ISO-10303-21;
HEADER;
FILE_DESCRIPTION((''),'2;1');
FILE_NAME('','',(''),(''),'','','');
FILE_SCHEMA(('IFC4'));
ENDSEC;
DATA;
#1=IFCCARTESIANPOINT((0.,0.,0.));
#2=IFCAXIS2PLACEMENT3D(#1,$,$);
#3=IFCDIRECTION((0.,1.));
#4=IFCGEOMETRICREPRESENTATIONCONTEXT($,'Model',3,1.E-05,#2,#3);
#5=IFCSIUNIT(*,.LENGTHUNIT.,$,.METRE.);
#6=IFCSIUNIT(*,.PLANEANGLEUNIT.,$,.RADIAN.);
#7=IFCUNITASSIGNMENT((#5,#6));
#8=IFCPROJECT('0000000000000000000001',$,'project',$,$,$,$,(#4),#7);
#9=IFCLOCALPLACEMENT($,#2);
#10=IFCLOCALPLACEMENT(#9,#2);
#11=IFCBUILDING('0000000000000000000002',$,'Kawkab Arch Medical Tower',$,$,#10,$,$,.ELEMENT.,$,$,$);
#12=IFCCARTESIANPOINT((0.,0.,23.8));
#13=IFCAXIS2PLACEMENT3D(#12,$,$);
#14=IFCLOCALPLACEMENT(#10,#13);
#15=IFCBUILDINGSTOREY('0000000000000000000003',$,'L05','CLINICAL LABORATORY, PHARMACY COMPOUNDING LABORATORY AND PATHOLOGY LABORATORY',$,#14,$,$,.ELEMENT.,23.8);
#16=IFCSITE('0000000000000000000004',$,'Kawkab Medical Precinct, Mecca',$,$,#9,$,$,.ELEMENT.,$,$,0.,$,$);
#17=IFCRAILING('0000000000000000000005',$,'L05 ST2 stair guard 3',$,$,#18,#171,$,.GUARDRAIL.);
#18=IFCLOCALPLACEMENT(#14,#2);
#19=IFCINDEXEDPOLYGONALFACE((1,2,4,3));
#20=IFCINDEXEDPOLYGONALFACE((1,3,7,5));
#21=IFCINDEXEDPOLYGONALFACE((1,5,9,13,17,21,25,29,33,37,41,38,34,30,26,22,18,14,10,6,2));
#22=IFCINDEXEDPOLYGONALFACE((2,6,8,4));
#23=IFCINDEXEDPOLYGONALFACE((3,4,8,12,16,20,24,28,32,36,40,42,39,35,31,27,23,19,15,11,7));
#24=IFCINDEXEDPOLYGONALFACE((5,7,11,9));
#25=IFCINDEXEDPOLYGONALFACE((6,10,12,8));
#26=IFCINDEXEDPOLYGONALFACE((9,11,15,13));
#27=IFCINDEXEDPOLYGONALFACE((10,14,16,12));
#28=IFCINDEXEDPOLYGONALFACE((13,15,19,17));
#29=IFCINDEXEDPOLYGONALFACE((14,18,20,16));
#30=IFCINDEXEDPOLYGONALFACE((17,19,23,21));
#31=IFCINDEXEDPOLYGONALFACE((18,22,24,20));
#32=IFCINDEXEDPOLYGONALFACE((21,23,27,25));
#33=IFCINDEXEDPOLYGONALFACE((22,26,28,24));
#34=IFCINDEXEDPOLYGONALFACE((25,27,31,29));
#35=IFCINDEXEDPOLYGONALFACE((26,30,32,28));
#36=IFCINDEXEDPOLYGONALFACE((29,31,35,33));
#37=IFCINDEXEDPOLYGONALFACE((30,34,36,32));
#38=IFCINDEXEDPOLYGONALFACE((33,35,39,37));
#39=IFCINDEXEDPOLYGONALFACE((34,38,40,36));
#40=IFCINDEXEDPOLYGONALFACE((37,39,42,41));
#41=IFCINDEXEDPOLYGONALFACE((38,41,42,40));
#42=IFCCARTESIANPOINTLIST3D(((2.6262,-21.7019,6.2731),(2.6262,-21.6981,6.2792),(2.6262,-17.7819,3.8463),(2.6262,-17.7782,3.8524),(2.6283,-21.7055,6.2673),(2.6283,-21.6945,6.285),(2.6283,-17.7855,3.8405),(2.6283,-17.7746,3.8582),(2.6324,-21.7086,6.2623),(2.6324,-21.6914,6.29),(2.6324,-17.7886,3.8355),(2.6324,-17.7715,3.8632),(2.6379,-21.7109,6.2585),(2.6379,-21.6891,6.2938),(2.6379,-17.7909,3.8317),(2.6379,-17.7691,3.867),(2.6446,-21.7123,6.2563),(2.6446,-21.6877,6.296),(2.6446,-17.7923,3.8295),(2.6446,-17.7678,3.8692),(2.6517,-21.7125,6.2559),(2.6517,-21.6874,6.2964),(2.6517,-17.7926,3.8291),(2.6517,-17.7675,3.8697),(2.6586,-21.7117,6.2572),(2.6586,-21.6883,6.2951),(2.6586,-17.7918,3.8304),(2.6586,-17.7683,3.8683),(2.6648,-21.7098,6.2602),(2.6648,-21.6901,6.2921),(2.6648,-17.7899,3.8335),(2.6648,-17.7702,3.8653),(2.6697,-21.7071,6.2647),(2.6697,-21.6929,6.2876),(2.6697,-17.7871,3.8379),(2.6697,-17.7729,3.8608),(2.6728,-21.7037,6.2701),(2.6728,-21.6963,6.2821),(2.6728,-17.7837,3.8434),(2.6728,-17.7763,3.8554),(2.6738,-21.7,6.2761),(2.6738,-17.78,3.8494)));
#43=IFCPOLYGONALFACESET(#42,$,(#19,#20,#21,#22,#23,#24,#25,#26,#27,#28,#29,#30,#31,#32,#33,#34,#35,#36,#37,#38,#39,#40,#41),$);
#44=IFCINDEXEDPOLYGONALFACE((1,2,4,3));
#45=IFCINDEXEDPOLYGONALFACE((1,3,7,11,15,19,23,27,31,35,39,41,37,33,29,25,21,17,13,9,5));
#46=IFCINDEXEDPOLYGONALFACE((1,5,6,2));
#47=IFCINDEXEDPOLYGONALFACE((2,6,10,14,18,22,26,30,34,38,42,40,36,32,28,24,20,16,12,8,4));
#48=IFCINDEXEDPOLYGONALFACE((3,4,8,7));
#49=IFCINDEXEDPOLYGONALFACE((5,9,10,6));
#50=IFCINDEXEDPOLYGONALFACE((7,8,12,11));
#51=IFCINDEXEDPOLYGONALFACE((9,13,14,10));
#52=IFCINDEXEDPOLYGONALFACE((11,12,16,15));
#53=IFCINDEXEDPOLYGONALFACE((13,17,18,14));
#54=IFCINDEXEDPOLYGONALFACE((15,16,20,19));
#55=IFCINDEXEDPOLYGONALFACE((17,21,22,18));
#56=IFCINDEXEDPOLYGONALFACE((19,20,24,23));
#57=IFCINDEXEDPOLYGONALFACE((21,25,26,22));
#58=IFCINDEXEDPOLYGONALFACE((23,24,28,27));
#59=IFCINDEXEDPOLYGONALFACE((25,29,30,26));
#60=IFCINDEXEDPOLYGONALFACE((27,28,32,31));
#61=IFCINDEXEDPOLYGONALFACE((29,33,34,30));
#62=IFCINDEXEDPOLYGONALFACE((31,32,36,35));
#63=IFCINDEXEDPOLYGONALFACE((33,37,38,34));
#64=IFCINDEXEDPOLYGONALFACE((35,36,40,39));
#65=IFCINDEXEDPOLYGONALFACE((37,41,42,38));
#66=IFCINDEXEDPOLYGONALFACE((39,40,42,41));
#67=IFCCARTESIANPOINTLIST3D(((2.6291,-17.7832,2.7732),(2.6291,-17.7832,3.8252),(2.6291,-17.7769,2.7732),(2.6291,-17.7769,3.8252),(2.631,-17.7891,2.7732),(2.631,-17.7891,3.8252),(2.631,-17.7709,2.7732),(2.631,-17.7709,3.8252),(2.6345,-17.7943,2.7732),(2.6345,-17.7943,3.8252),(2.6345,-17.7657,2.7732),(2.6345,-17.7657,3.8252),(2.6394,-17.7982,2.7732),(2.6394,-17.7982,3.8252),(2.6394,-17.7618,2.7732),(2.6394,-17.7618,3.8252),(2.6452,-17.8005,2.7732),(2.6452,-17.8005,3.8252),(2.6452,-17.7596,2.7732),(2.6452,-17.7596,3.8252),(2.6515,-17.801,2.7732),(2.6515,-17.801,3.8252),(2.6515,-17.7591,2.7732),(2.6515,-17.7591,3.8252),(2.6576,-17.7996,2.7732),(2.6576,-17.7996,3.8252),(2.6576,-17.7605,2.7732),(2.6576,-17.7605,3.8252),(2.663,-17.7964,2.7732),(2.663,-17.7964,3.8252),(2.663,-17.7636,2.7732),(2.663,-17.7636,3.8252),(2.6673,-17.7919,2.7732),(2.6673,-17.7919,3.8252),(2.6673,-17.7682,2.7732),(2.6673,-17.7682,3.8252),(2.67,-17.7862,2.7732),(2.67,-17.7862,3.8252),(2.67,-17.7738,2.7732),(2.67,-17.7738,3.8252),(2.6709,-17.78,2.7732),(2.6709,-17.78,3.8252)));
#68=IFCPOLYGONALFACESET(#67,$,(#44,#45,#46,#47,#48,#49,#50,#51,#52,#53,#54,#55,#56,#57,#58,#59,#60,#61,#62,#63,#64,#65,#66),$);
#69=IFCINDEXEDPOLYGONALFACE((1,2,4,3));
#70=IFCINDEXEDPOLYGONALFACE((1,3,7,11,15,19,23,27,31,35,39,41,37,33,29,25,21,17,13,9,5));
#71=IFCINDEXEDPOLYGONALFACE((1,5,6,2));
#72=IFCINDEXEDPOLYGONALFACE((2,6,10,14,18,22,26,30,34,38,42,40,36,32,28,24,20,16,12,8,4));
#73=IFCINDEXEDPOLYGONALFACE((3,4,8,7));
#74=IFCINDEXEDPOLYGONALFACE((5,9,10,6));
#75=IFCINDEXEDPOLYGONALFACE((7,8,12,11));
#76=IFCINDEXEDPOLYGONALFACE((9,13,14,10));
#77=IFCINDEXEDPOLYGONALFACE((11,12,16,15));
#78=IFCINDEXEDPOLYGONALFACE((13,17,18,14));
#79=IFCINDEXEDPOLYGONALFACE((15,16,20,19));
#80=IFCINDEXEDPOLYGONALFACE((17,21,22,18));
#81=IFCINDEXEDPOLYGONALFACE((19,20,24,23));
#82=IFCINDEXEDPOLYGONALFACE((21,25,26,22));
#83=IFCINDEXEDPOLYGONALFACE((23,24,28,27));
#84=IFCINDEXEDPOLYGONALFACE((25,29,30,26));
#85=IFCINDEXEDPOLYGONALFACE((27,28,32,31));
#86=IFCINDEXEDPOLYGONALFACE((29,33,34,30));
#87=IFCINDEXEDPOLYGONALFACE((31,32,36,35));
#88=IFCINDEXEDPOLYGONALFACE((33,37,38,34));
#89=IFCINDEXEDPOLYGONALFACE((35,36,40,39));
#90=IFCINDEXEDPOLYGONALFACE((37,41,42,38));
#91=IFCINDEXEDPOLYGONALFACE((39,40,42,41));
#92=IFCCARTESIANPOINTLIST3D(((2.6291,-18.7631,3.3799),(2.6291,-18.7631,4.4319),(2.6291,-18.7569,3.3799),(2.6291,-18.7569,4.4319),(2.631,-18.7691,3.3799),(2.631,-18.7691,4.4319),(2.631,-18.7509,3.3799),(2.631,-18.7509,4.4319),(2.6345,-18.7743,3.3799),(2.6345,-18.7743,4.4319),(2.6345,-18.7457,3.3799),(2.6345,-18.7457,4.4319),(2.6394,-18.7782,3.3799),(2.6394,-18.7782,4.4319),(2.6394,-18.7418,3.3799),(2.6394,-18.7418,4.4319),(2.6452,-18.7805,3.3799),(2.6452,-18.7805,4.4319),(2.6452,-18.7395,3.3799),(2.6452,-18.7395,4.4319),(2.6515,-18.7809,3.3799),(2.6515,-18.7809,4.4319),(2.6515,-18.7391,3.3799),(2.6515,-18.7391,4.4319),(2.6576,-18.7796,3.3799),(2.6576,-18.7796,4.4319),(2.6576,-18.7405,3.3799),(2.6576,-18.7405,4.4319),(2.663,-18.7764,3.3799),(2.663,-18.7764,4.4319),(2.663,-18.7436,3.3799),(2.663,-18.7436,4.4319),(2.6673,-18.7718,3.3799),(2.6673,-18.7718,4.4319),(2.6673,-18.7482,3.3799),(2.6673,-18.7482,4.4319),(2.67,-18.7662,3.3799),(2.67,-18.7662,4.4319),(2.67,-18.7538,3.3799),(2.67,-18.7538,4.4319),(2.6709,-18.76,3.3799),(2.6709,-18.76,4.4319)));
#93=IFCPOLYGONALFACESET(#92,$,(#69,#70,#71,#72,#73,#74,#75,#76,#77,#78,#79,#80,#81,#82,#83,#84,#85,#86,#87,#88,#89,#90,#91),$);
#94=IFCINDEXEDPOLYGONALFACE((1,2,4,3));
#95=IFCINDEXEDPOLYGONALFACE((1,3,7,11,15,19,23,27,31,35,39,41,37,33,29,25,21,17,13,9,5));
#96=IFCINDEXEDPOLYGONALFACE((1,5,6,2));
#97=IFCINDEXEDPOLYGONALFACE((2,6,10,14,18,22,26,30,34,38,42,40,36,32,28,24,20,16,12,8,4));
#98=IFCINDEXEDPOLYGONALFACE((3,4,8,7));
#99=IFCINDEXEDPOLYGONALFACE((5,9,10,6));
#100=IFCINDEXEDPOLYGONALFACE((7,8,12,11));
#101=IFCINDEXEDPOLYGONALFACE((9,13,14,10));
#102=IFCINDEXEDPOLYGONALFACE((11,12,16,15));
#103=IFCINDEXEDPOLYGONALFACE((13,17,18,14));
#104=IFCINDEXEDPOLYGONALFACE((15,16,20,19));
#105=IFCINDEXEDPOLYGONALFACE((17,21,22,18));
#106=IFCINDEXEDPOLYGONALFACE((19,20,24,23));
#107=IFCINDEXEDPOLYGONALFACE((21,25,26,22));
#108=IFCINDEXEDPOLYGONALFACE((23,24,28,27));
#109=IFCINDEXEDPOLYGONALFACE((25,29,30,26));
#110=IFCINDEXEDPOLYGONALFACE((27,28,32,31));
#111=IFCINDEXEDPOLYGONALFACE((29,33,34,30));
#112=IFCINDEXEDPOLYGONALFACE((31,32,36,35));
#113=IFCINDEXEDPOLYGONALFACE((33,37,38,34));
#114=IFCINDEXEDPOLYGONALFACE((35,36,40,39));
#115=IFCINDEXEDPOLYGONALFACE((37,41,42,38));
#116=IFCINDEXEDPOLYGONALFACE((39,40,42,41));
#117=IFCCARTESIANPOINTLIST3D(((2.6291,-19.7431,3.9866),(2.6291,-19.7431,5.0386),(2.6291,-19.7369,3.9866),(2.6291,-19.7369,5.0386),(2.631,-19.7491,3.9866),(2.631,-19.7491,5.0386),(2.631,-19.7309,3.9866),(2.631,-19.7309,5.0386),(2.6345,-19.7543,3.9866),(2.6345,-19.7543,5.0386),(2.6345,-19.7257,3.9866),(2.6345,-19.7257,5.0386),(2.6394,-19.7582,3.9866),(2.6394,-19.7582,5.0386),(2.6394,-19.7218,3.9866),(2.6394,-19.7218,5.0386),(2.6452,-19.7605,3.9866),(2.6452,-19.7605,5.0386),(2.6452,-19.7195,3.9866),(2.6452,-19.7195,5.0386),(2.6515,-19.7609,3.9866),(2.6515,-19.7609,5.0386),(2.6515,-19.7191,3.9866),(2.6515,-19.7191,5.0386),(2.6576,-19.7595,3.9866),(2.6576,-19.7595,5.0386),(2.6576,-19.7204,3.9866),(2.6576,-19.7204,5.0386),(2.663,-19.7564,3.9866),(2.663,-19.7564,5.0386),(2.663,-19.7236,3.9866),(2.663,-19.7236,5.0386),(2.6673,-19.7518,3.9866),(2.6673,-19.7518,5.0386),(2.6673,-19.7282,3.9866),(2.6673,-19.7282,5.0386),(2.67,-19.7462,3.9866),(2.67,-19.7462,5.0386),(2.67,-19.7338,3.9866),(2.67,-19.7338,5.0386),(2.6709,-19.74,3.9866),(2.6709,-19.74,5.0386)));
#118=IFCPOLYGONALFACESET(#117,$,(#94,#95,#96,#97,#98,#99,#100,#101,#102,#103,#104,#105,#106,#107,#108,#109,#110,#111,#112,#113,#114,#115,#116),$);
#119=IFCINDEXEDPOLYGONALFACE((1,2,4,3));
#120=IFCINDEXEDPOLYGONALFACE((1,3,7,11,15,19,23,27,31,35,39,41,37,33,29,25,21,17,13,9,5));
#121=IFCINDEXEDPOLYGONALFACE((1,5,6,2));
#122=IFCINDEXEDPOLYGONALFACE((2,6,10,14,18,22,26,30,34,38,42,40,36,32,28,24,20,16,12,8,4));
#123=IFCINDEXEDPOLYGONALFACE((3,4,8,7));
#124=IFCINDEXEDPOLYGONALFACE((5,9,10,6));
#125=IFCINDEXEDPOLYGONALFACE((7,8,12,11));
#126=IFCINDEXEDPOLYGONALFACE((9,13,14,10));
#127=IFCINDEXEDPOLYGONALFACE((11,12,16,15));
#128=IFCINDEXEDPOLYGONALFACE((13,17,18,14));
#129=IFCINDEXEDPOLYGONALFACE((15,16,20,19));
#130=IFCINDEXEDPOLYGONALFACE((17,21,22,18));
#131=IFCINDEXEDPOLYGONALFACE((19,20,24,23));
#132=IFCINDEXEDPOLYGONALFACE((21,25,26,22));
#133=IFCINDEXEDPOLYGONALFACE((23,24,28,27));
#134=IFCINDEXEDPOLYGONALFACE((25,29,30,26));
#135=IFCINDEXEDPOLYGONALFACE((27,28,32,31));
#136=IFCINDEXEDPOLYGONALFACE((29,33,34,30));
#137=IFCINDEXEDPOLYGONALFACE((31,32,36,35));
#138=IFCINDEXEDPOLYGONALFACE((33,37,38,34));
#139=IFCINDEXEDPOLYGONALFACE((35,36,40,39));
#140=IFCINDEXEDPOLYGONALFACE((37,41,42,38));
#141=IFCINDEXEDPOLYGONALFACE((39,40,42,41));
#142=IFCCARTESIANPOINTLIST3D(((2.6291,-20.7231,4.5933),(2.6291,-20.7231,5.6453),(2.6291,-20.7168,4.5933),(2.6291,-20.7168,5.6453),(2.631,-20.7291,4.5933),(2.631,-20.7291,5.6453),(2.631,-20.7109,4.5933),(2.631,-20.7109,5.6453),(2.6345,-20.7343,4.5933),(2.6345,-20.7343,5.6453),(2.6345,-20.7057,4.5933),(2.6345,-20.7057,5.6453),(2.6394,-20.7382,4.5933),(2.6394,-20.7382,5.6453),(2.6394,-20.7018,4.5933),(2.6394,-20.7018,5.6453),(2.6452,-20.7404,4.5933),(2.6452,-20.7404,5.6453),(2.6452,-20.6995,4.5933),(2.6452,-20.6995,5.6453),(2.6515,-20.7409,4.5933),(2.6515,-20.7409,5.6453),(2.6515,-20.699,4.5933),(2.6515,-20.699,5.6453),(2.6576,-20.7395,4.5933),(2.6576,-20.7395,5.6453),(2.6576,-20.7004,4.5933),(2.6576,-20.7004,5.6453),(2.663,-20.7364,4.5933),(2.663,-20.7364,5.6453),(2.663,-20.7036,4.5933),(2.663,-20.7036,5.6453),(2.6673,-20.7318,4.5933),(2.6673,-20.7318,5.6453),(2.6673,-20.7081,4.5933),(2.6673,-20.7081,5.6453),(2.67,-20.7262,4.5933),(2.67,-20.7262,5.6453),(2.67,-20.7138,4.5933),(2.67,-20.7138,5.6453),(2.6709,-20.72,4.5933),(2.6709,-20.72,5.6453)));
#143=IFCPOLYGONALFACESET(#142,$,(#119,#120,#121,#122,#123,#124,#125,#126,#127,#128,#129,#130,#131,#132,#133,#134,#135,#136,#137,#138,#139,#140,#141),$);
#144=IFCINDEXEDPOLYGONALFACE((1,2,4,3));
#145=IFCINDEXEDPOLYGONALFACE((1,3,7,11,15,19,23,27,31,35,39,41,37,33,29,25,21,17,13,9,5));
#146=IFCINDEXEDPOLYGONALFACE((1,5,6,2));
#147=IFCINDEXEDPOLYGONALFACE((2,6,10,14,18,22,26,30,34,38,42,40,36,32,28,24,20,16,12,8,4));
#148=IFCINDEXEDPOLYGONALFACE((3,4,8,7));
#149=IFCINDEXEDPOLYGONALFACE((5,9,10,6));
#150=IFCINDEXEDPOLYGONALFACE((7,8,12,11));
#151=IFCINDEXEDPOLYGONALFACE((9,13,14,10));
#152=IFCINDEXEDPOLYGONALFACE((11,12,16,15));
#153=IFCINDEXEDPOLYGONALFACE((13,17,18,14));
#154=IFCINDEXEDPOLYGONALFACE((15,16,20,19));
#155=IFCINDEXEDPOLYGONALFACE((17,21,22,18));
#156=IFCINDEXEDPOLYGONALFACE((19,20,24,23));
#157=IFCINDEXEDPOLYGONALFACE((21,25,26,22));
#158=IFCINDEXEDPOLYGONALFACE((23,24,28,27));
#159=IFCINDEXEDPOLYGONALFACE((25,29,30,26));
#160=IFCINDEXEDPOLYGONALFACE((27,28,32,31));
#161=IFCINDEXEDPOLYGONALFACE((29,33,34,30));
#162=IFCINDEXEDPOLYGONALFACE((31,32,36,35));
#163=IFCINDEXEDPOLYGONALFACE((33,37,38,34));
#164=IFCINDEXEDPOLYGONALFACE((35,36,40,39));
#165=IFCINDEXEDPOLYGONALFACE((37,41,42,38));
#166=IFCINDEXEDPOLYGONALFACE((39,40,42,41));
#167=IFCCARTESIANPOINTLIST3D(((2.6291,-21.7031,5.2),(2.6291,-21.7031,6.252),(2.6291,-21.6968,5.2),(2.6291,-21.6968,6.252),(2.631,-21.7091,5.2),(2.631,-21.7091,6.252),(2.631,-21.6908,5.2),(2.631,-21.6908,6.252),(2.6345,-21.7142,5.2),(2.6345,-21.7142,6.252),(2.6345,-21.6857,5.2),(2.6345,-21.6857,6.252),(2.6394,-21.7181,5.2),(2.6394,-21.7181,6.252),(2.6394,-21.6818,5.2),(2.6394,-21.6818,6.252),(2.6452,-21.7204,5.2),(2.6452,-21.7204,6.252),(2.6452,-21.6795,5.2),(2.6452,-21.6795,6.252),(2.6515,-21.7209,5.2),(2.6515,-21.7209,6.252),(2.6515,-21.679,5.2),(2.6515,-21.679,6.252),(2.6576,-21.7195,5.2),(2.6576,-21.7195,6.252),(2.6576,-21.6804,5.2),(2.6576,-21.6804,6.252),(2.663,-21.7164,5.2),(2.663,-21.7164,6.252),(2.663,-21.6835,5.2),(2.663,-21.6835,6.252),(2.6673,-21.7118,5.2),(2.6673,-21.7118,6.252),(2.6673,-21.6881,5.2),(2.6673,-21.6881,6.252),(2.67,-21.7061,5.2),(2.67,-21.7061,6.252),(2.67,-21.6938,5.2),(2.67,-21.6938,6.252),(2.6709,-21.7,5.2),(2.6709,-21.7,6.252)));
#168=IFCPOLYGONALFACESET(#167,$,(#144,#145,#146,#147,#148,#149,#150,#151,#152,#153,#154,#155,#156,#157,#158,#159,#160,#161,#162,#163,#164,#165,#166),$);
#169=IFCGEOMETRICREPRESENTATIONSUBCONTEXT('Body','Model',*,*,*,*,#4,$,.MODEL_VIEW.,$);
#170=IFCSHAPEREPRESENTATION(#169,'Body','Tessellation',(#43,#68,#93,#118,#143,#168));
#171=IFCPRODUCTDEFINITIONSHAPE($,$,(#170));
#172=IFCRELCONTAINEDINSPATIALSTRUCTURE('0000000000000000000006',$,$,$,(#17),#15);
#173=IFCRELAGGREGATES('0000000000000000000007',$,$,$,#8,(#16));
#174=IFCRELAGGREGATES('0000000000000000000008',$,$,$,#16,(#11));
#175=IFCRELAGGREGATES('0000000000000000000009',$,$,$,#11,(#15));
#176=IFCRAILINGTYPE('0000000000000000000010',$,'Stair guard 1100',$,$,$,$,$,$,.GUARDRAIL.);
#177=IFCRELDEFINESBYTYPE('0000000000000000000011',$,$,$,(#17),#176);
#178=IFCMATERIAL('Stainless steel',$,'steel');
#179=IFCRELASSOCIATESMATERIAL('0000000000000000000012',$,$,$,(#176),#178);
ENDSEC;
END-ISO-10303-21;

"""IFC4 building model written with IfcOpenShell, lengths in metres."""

from ifc_helpers import new_model, si_unit, direction, frame, origin, origin_2d, place, context, subcontext, project, spatial, circle, extrude, material, type_object, element, save


model = new_model("IFC4")

# Units and contexts
model_context = context("Model", 3, precision=1e-05, world=origin(), true_north=direction((0.0, 1.0)))
body_context = subcontext(model_context, "Body", "Model", "MODEL_VIEW")
ifc_project = project(units=[si_unit("LENGTHUNIT", "METRE"), si_unit("PLANEANGLEUNIT", "RADIAN")], contexts=[model_context])

# Site, building, storey
site_placement = place(None, origin())
site = spatial("IfcSite", under=ifc_project, at=site_placement, Name="Kawkab Medical Precinct, Mecca", CompositionType="ELEMENT", RefElevation=0.0)
building_placement = place(site_placement, origin())
building = spatial("IfcBuilding", under=site, at=building_placement, Name="Kawkab Arch Medical Tower", CompositionType="ELEMENT")
storey_placement = place(building_placement, frame((0.0, 0.0, 23.8)))
storey = spatial("IfcBuildingStorey", under=building, at=storey_placement, Name="L05", Description="CLINICAL LABORATORY, PHARMACY COMPOUNDING LABORATORY AND PATHOLOGY LABORATORY", CompositionType="ELEMENT", Elevation=23.8)

# Railing
ifc_material_1 = material(Name="Stainless steel", Category="steel")
railing_type = type_object("IfcRailingType", Name="Stair guard 1100", PredefinedType="GUARDRAIL", material=ifc_material_1)
railing_1_placement = place(storey_placement, frame((2.6499, -17.78, 2.7732)))
element("IfcRailing", 1, at=railing_1_placement, inside=storey, type_object=railing_type, Name="L05 ST2 stair guard 3", PredefinedType="GUARDRAIL", context=body_context, shape_type="SweptSolid", body=[
    extrude(circle(Radius=0.0239, at=origin_2d()), frame((0.0, 0.0, 1.0762), z_axis=(0.0, -0.850252, 0.526376), x_axis=(1.0, 0.0, 0.0)), (0.0, 0.0, 1.0), 4.6104),
    extrude(circle(Radius=0.021, at=origin_2d()), origin(), (0.0, 0.0, 1.0), 1.052),
    extrude(circle(Radius=0.021, at=origin_2d()), frame((0.0, -0.98, 0.6067)), (0.0, 0.0, 1.0), 1.052),
    extrude(circle(Radius=0.021, at=origin_2d()), frame((0.0, -1.96, 1.2134)), (0.0, 0.0, 1.0), 1.052),
    extrude(circle(Radius=0.021, at=origin_2d()), frame((0.0, -2.9399, 1.8201)), (0.0, 0.0, 1.0), 1.052),
    extrude(circle(Radius=0.021, at=origin_2d()), frame((0.0, -3.9199, 2.4268)), (0.0, 0.0, 1.0), 1.052),
])

save(model, "model.ifc")
